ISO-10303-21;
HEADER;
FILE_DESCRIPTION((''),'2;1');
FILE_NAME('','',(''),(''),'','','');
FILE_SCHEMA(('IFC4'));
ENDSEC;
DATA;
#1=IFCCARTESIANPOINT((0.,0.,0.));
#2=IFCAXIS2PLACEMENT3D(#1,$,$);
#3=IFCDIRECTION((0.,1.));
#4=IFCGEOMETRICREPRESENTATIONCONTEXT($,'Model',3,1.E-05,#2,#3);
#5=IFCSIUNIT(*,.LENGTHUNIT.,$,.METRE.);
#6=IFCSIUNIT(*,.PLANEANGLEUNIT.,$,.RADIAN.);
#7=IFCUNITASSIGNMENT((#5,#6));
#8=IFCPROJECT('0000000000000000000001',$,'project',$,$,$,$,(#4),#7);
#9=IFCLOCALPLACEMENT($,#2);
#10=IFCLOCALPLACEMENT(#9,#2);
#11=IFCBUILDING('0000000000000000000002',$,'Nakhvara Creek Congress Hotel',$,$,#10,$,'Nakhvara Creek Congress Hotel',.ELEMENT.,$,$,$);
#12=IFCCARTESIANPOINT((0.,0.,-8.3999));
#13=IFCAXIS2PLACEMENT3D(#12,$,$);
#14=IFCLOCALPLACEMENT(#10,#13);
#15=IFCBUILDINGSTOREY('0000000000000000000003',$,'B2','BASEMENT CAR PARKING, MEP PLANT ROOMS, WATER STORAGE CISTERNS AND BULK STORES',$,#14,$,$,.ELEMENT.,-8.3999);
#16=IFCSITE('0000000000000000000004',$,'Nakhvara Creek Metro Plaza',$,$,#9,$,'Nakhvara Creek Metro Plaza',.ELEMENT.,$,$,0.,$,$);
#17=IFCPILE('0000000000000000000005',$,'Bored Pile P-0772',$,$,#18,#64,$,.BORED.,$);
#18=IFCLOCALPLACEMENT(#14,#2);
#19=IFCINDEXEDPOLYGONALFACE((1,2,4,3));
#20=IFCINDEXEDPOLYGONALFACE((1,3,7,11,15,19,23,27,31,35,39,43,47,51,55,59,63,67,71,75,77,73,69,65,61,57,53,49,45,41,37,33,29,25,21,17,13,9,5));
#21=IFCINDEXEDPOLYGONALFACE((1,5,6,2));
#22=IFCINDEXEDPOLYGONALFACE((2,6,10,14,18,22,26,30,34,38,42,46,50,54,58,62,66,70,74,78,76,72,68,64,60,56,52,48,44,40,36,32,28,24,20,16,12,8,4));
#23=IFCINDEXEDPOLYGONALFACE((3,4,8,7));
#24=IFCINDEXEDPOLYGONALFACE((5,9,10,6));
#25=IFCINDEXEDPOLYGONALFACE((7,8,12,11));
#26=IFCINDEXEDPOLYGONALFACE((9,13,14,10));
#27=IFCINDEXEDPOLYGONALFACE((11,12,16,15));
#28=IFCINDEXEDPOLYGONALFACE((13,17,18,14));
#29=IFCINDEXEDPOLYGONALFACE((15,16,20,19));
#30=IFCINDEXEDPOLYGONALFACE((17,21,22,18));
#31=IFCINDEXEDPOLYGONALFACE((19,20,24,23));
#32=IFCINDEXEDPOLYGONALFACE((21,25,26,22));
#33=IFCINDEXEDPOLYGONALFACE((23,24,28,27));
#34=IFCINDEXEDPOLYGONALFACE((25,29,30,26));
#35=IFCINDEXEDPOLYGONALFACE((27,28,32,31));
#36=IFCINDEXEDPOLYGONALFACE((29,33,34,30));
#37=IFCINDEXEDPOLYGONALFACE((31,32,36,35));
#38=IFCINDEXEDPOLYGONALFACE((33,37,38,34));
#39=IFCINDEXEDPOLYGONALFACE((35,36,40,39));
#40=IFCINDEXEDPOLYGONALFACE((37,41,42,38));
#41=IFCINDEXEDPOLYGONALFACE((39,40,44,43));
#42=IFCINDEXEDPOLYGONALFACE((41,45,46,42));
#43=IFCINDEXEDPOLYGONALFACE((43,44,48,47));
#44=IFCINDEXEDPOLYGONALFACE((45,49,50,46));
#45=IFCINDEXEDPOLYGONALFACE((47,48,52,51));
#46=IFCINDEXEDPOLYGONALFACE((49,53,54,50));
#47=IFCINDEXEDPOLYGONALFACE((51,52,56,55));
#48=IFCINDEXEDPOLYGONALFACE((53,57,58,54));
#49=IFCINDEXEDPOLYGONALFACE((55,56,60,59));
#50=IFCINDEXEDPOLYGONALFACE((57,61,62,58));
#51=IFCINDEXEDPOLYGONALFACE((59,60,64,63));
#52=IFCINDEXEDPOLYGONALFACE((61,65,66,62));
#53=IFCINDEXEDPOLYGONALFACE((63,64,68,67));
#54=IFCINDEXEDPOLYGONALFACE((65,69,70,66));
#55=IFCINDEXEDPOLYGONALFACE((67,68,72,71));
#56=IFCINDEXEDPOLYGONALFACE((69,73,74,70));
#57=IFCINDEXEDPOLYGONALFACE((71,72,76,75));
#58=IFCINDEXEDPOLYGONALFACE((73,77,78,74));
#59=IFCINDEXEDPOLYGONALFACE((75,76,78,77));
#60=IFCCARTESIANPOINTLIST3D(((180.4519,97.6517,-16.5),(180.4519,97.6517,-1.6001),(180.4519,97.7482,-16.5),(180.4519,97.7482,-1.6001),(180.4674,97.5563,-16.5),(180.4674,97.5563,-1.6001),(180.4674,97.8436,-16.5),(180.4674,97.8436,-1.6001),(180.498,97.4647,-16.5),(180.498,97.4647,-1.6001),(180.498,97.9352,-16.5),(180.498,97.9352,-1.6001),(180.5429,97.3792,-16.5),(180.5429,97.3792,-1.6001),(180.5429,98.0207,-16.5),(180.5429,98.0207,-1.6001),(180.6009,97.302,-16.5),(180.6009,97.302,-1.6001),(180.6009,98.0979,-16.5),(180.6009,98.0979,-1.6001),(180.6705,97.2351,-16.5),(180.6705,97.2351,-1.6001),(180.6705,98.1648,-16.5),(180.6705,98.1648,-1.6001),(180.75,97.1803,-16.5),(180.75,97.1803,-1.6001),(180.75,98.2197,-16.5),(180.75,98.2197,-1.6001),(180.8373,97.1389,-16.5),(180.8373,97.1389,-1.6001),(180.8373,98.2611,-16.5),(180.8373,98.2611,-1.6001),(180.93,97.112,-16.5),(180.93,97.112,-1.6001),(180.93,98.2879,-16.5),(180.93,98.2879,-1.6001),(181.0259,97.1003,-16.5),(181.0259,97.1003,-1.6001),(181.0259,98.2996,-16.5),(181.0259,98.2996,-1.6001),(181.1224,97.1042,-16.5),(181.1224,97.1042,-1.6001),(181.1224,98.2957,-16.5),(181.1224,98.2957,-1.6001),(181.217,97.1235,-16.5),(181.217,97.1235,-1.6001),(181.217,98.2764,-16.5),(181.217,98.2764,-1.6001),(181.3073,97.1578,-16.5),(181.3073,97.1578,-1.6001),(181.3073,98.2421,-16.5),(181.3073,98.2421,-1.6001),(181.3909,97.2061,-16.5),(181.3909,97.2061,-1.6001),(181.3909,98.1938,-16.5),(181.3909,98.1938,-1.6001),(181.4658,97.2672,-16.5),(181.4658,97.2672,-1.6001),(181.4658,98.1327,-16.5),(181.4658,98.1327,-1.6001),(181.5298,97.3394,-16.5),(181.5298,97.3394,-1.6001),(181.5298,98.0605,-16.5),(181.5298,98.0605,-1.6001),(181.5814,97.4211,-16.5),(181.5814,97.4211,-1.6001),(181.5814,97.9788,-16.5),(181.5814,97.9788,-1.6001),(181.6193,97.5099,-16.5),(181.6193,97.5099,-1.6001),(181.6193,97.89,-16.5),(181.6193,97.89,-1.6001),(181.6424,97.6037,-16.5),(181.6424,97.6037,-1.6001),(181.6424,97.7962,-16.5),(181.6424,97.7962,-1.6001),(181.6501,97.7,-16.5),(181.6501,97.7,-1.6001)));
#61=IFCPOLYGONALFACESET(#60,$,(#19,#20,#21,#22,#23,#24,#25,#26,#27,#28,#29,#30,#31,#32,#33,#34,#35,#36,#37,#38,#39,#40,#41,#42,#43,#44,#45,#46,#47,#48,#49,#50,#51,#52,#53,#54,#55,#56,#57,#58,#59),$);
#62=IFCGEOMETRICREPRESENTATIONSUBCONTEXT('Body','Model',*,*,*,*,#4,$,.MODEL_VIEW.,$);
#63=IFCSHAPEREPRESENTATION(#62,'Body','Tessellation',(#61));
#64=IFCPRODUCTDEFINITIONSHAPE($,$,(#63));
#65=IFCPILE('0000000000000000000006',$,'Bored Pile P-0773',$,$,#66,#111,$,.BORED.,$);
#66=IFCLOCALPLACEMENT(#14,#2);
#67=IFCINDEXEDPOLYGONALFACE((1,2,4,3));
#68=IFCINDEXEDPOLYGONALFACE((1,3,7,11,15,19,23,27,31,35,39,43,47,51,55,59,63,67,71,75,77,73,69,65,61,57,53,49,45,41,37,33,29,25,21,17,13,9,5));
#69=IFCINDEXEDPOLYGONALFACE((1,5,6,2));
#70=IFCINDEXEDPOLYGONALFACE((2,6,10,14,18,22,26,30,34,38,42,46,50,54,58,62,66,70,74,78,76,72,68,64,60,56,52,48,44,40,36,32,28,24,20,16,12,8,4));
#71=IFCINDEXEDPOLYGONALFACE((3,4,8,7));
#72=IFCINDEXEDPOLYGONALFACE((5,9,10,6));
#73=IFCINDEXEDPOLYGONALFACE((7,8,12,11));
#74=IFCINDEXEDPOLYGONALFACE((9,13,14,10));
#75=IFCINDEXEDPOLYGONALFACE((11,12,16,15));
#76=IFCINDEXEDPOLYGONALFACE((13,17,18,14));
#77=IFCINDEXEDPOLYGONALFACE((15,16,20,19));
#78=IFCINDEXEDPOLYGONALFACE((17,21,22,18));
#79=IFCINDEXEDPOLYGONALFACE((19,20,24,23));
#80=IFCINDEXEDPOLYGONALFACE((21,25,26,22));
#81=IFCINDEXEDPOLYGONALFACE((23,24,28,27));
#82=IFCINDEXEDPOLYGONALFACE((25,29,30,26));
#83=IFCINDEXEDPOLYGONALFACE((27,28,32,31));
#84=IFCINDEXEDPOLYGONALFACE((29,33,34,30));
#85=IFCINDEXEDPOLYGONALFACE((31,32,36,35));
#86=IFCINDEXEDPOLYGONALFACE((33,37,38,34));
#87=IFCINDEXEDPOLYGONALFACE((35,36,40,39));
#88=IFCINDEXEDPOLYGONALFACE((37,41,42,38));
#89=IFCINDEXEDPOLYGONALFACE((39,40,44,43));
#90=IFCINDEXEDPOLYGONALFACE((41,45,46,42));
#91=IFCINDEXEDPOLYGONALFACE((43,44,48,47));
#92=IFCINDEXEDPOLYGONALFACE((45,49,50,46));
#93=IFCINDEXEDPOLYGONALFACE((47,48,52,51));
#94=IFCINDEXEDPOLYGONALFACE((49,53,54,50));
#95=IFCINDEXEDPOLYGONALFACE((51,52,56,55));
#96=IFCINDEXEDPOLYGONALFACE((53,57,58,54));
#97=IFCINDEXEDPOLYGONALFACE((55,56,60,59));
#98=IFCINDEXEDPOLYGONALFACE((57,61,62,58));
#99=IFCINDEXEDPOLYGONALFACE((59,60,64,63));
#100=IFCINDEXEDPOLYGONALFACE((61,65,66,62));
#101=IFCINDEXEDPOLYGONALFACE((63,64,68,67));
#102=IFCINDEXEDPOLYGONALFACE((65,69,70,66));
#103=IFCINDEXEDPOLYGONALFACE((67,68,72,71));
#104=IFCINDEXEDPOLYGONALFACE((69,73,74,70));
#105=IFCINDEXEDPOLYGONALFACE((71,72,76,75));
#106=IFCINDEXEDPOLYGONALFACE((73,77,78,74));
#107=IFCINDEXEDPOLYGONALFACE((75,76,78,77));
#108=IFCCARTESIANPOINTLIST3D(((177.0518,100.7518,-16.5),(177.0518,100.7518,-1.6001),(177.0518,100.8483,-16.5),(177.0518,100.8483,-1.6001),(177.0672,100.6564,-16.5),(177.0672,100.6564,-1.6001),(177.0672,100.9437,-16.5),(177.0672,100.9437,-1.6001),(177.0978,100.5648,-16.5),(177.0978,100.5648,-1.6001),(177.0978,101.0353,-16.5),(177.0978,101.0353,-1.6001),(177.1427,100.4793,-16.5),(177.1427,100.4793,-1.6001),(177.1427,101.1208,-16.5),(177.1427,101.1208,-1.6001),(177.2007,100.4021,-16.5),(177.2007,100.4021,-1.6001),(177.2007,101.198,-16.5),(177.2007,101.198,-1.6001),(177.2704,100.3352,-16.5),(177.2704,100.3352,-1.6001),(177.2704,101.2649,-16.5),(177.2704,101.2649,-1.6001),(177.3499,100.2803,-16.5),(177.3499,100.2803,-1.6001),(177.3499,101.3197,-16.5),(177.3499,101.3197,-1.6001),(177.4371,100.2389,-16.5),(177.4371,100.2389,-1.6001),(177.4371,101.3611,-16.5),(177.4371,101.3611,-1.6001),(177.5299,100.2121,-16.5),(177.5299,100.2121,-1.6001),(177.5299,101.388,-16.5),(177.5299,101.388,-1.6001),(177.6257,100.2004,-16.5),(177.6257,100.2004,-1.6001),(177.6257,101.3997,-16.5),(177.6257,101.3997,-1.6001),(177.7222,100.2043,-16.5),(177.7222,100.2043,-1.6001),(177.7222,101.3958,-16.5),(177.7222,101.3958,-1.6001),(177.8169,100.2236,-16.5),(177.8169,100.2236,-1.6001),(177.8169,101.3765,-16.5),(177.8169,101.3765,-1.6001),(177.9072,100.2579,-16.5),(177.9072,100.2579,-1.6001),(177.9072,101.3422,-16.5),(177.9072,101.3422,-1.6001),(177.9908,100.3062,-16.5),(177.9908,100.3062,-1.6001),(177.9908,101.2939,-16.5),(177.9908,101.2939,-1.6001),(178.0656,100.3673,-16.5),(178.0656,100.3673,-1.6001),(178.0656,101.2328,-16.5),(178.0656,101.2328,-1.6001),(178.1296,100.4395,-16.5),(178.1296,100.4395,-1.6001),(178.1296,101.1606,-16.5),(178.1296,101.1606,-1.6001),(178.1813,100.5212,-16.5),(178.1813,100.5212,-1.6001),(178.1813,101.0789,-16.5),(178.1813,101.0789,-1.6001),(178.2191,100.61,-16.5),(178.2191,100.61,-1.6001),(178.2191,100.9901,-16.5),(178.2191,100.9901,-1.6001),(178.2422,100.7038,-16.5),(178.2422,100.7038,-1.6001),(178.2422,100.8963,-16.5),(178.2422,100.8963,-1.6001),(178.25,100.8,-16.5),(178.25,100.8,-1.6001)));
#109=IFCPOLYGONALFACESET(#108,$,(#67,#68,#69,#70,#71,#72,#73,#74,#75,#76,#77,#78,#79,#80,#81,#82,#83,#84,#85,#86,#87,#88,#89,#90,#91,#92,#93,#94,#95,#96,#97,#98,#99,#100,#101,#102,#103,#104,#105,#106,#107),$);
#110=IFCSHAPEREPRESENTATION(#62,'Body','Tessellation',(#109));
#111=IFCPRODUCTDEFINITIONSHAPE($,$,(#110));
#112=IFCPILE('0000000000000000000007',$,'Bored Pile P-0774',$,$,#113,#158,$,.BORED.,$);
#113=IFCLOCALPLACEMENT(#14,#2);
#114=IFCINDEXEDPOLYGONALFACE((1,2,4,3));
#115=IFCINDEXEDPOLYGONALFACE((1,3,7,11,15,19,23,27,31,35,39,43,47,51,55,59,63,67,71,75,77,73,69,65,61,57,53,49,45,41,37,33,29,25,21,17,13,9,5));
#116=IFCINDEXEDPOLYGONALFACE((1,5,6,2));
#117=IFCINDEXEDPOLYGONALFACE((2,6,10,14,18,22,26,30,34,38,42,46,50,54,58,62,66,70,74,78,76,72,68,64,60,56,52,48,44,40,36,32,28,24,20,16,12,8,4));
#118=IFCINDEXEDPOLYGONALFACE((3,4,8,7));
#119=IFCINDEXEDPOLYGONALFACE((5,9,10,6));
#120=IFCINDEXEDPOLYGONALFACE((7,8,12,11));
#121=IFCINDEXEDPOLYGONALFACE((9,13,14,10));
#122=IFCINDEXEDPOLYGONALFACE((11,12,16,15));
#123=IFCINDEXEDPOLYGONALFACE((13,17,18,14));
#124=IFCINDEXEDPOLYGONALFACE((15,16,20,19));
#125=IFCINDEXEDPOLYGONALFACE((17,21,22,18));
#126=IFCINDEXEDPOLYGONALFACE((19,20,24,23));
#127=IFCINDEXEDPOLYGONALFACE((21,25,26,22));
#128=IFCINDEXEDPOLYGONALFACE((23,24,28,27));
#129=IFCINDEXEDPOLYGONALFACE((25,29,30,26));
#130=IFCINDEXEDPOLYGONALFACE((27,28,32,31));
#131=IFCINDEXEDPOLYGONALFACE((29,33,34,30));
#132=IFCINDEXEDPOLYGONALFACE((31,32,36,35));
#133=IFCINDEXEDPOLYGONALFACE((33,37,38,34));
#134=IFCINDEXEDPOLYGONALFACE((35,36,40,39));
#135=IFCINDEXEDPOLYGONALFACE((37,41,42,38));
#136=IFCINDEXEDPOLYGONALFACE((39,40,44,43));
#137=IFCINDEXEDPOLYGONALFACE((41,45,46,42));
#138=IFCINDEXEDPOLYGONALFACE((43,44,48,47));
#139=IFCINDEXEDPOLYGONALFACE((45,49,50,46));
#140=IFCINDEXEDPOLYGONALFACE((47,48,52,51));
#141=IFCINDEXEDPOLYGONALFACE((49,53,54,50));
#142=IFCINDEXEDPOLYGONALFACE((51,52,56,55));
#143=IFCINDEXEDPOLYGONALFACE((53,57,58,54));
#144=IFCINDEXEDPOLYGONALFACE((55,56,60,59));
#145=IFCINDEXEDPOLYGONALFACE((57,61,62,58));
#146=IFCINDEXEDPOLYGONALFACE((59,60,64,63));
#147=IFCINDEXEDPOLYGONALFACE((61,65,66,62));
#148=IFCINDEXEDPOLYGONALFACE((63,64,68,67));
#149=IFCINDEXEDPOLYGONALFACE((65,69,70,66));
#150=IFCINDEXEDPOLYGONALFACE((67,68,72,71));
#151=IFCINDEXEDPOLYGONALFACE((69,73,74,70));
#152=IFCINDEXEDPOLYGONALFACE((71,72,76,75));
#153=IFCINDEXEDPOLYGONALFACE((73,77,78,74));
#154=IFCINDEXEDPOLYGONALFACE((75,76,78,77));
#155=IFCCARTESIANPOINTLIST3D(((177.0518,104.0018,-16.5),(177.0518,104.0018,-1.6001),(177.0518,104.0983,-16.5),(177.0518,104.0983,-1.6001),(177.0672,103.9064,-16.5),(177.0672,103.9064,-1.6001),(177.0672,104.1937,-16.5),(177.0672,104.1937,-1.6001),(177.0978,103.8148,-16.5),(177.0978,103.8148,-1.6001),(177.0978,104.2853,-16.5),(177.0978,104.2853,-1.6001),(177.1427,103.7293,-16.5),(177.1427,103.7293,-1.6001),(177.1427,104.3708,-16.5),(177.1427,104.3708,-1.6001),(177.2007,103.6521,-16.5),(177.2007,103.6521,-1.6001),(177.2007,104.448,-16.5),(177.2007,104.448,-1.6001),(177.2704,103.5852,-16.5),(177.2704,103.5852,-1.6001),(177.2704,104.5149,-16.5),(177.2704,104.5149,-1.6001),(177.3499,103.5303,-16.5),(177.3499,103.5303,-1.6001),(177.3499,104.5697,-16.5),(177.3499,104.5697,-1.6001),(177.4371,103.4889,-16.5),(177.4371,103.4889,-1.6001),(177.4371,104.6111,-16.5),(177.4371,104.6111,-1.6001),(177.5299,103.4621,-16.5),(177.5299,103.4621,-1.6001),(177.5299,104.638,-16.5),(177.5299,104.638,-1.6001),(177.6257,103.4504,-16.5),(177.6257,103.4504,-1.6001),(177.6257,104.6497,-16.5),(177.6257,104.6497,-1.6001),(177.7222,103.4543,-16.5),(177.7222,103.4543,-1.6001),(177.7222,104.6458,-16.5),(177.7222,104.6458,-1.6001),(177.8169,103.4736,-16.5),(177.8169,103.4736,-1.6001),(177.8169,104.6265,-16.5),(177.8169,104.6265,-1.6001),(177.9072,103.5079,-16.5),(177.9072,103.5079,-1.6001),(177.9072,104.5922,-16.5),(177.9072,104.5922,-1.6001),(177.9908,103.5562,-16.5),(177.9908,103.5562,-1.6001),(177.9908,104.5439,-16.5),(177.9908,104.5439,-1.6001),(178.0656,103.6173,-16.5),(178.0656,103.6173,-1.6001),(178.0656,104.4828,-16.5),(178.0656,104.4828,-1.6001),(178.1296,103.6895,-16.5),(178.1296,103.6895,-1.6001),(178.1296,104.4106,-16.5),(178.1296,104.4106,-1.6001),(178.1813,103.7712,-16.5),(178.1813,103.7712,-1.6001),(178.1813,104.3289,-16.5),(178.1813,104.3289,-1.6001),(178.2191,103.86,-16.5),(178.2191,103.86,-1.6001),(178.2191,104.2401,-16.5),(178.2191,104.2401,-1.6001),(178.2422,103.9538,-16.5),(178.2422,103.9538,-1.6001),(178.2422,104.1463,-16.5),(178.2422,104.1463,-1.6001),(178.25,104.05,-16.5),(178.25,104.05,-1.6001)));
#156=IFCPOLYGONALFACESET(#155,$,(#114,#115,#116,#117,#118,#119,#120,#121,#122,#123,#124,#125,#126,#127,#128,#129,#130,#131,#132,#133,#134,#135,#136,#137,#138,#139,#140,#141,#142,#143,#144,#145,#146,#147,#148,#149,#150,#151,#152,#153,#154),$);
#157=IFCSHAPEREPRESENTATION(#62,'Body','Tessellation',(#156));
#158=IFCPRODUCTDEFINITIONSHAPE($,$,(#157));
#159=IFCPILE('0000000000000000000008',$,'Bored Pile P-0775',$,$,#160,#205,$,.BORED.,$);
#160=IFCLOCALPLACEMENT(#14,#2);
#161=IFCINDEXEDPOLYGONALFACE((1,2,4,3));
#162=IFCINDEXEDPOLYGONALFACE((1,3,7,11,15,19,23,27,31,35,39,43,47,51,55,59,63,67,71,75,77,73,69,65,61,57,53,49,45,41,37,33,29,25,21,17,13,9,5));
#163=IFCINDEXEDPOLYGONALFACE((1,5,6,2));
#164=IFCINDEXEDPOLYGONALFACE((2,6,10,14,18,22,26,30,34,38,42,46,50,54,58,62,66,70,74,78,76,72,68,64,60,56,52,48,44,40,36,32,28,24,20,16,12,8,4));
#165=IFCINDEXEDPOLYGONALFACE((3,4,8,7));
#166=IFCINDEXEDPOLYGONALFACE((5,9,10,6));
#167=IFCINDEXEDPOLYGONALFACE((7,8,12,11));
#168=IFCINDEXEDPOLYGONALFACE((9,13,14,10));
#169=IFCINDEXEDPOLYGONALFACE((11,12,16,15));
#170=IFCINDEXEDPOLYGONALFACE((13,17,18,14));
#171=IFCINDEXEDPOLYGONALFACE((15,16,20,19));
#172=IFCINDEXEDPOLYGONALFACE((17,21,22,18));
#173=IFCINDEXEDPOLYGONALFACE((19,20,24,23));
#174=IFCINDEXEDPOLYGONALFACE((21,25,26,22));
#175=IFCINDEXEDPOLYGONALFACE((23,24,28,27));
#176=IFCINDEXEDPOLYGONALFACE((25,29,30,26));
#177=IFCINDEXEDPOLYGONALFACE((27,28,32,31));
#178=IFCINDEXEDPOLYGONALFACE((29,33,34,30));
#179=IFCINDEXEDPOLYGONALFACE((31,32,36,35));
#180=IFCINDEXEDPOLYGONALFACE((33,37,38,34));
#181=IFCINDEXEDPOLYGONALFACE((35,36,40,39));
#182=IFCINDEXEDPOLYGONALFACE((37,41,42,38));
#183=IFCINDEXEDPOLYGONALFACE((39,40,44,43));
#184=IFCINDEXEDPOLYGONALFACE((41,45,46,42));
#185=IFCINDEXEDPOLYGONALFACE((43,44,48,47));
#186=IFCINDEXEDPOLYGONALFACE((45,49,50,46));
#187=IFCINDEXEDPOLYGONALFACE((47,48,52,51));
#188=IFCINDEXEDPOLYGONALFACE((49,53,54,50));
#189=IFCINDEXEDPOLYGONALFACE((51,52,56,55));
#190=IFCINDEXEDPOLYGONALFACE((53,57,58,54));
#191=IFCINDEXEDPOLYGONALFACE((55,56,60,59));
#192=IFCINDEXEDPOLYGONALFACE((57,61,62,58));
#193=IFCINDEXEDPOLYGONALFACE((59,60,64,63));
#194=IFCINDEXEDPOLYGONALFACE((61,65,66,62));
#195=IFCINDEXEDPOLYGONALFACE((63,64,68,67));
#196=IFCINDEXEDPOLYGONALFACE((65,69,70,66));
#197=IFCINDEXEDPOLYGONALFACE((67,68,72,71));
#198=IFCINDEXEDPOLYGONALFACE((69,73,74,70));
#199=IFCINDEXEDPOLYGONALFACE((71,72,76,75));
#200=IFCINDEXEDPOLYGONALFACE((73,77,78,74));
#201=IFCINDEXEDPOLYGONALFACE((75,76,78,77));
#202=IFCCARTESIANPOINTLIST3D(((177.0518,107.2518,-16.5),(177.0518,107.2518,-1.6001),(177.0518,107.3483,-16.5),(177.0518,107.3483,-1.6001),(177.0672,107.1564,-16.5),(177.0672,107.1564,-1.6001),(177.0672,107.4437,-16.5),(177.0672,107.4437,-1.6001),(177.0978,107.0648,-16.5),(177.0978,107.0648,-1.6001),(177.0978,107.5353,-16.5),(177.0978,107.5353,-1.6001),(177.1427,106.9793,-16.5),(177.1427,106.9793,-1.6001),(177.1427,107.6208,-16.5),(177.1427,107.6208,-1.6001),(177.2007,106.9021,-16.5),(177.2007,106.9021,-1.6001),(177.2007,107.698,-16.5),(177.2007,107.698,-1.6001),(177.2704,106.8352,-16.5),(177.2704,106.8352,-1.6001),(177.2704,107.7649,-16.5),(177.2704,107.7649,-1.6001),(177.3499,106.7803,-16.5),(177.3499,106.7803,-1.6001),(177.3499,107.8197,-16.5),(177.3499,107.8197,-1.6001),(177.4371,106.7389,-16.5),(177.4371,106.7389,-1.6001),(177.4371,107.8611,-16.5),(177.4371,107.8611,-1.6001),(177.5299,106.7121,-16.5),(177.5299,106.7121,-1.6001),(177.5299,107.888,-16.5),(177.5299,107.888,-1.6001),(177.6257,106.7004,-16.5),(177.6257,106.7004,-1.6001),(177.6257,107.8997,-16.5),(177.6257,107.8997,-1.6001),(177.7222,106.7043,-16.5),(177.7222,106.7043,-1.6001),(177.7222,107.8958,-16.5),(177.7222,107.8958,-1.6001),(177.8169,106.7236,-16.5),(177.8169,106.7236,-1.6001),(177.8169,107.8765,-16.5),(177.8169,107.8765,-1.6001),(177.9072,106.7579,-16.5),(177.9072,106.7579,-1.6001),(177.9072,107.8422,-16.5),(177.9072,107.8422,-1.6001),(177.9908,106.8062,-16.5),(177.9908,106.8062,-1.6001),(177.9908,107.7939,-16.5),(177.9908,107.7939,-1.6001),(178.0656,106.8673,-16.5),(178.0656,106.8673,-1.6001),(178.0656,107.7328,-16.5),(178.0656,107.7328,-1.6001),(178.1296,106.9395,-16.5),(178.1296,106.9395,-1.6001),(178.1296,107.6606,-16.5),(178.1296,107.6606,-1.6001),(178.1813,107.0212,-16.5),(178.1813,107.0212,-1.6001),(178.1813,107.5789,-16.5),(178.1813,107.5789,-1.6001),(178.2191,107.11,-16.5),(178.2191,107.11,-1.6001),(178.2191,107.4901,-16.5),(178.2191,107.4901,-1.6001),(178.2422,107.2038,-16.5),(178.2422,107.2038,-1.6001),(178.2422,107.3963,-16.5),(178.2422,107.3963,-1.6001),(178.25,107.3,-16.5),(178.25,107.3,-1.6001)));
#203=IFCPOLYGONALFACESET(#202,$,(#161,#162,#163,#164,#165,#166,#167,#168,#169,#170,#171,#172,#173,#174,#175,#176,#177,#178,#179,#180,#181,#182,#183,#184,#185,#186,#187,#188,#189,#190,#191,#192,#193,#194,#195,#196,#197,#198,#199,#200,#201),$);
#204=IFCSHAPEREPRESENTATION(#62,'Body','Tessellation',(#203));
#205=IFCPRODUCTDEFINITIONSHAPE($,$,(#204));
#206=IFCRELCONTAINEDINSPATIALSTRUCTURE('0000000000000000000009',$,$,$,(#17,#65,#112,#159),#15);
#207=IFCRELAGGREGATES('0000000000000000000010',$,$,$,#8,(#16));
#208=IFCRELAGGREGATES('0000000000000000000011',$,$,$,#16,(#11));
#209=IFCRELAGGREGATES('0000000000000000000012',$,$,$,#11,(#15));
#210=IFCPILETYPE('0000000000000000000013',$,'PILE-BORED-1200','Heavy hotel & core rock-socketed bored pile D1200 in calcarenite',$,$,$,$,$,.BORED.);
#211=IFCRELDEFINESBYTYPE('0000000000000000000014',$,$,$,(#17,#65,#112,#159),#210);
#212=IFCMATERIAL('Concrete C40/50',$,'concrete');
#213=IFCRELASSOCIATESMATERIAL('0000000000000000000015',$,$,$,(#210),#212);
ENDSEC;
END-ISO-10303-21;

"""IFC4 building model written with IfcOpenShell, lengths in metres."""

from ifc_helpers import new_model, si_unit, direction, frame, origin, origin_2d, place, context, subcontext, project, spatial, circle, extrude, material, material_profile, profile_set, type_object, element, save


model = new_model("IFC4")

# Units and contexts
model_context = context("Model", 3, precision=1e-05, world=origin(), true_north=direction((0.0, 1.0)))
body_context = subcontext(model_context, "Body", "Model", "MODEL_VIEW")
ifc_project = project(units=[si_unit("LENGTHUNIT", "METRE"), si_unit("PLANEANGLEUNIT", "RADIAN")], contexts=[model_context])

# Site, building, storey
site_placement = place(None, origin())
site = spatial("IfcSite", under=ifc_project, at=site_placement, Name="Nakhvara Creek Metro Plaza", LongName="Nakhvara Creek Metro Plaza", CompositionType="ELEMENT", RefElevation=0.0)
building_placement = place(site_placement, origin())
building = spatial("IfcBuilding", under=site, at=building_placement, Name="Nakhvara Creek Congress Hotel", LongName="Nakhvara Creek Congress Hotel", CompositionType="ELEMENT")
storey_placement = place(building_placement, frame((0.0, 0.0, -8.3999)))
storey = spatial("IfcBuildingStorey", under=building, at=storey_placement, Name="B2", Description="BASEMENT CAR PARKING, MEP PLANT ROOMS, WATER STORAGE CISTERNS AND BULK STORES", CompositionType="ELEMENT", Elevation=-8.3999)

# Shared definitions
ifc_material_1 = material(Name="Concrete C40/50", Category="concrete")

# Piles
ifc_material_profile_1 = material_profile(ifc_material_1, circle(Radius=0.6001, at=origin_2d()), Name="BORED PILE D1200", Category="LoadBearing")
ifc_profile_set_1 = profile_set([ifc_material_profile_1], Name="Concrete C40/50")
pile_type = type_object("IfcPileType", Name="PILE-BORED-1200", Description="Heavy hotel & core rock-socketed bored pile D1200 in calcarenite", PredefinedType="BORED", material=ifc_profile_set_1)
for number, where, z_axis, x_axis, name in (
    (1, (181.05, 97.7, -1.6001), (0.0, 0.0, -1.0), (1.0, 0.0, 0.0), "Bored Pile P-0772"),
    (2, (177.6499, 100.8, -1.6001), (0.0, 0.0, -1.0), (1.0, 0.0, 0.0), "Bored Pile P-0773"),
    (3, (177.6499, 104.05, -1.6001), (0.0, 0.0, -1.0), (1.0, 0.0, 0.0), "Bored Pile P-0774"),
    (4, (177.6499, 107.3, -1.6001), (0.0, 0.0, -1.0), (1.0, 0.0, 0.0), "Bored Pile P-0775"),
):
    element("IfcPile", number, at=place(storey_placement, frame(where, z_axis=z_axis, x_axis=x_axis)), inside=storey, type_object=pile_type, Name=name, PredefinedType="BORED", context=body_context, shape_type="SweptSolid", body=[
        extrude(circle(Radius=0.6001, at=origin_2d()), origin(), (0.0, 0.0, 1.0), 14.8999),
    ])

save(model, "model.ifc")
